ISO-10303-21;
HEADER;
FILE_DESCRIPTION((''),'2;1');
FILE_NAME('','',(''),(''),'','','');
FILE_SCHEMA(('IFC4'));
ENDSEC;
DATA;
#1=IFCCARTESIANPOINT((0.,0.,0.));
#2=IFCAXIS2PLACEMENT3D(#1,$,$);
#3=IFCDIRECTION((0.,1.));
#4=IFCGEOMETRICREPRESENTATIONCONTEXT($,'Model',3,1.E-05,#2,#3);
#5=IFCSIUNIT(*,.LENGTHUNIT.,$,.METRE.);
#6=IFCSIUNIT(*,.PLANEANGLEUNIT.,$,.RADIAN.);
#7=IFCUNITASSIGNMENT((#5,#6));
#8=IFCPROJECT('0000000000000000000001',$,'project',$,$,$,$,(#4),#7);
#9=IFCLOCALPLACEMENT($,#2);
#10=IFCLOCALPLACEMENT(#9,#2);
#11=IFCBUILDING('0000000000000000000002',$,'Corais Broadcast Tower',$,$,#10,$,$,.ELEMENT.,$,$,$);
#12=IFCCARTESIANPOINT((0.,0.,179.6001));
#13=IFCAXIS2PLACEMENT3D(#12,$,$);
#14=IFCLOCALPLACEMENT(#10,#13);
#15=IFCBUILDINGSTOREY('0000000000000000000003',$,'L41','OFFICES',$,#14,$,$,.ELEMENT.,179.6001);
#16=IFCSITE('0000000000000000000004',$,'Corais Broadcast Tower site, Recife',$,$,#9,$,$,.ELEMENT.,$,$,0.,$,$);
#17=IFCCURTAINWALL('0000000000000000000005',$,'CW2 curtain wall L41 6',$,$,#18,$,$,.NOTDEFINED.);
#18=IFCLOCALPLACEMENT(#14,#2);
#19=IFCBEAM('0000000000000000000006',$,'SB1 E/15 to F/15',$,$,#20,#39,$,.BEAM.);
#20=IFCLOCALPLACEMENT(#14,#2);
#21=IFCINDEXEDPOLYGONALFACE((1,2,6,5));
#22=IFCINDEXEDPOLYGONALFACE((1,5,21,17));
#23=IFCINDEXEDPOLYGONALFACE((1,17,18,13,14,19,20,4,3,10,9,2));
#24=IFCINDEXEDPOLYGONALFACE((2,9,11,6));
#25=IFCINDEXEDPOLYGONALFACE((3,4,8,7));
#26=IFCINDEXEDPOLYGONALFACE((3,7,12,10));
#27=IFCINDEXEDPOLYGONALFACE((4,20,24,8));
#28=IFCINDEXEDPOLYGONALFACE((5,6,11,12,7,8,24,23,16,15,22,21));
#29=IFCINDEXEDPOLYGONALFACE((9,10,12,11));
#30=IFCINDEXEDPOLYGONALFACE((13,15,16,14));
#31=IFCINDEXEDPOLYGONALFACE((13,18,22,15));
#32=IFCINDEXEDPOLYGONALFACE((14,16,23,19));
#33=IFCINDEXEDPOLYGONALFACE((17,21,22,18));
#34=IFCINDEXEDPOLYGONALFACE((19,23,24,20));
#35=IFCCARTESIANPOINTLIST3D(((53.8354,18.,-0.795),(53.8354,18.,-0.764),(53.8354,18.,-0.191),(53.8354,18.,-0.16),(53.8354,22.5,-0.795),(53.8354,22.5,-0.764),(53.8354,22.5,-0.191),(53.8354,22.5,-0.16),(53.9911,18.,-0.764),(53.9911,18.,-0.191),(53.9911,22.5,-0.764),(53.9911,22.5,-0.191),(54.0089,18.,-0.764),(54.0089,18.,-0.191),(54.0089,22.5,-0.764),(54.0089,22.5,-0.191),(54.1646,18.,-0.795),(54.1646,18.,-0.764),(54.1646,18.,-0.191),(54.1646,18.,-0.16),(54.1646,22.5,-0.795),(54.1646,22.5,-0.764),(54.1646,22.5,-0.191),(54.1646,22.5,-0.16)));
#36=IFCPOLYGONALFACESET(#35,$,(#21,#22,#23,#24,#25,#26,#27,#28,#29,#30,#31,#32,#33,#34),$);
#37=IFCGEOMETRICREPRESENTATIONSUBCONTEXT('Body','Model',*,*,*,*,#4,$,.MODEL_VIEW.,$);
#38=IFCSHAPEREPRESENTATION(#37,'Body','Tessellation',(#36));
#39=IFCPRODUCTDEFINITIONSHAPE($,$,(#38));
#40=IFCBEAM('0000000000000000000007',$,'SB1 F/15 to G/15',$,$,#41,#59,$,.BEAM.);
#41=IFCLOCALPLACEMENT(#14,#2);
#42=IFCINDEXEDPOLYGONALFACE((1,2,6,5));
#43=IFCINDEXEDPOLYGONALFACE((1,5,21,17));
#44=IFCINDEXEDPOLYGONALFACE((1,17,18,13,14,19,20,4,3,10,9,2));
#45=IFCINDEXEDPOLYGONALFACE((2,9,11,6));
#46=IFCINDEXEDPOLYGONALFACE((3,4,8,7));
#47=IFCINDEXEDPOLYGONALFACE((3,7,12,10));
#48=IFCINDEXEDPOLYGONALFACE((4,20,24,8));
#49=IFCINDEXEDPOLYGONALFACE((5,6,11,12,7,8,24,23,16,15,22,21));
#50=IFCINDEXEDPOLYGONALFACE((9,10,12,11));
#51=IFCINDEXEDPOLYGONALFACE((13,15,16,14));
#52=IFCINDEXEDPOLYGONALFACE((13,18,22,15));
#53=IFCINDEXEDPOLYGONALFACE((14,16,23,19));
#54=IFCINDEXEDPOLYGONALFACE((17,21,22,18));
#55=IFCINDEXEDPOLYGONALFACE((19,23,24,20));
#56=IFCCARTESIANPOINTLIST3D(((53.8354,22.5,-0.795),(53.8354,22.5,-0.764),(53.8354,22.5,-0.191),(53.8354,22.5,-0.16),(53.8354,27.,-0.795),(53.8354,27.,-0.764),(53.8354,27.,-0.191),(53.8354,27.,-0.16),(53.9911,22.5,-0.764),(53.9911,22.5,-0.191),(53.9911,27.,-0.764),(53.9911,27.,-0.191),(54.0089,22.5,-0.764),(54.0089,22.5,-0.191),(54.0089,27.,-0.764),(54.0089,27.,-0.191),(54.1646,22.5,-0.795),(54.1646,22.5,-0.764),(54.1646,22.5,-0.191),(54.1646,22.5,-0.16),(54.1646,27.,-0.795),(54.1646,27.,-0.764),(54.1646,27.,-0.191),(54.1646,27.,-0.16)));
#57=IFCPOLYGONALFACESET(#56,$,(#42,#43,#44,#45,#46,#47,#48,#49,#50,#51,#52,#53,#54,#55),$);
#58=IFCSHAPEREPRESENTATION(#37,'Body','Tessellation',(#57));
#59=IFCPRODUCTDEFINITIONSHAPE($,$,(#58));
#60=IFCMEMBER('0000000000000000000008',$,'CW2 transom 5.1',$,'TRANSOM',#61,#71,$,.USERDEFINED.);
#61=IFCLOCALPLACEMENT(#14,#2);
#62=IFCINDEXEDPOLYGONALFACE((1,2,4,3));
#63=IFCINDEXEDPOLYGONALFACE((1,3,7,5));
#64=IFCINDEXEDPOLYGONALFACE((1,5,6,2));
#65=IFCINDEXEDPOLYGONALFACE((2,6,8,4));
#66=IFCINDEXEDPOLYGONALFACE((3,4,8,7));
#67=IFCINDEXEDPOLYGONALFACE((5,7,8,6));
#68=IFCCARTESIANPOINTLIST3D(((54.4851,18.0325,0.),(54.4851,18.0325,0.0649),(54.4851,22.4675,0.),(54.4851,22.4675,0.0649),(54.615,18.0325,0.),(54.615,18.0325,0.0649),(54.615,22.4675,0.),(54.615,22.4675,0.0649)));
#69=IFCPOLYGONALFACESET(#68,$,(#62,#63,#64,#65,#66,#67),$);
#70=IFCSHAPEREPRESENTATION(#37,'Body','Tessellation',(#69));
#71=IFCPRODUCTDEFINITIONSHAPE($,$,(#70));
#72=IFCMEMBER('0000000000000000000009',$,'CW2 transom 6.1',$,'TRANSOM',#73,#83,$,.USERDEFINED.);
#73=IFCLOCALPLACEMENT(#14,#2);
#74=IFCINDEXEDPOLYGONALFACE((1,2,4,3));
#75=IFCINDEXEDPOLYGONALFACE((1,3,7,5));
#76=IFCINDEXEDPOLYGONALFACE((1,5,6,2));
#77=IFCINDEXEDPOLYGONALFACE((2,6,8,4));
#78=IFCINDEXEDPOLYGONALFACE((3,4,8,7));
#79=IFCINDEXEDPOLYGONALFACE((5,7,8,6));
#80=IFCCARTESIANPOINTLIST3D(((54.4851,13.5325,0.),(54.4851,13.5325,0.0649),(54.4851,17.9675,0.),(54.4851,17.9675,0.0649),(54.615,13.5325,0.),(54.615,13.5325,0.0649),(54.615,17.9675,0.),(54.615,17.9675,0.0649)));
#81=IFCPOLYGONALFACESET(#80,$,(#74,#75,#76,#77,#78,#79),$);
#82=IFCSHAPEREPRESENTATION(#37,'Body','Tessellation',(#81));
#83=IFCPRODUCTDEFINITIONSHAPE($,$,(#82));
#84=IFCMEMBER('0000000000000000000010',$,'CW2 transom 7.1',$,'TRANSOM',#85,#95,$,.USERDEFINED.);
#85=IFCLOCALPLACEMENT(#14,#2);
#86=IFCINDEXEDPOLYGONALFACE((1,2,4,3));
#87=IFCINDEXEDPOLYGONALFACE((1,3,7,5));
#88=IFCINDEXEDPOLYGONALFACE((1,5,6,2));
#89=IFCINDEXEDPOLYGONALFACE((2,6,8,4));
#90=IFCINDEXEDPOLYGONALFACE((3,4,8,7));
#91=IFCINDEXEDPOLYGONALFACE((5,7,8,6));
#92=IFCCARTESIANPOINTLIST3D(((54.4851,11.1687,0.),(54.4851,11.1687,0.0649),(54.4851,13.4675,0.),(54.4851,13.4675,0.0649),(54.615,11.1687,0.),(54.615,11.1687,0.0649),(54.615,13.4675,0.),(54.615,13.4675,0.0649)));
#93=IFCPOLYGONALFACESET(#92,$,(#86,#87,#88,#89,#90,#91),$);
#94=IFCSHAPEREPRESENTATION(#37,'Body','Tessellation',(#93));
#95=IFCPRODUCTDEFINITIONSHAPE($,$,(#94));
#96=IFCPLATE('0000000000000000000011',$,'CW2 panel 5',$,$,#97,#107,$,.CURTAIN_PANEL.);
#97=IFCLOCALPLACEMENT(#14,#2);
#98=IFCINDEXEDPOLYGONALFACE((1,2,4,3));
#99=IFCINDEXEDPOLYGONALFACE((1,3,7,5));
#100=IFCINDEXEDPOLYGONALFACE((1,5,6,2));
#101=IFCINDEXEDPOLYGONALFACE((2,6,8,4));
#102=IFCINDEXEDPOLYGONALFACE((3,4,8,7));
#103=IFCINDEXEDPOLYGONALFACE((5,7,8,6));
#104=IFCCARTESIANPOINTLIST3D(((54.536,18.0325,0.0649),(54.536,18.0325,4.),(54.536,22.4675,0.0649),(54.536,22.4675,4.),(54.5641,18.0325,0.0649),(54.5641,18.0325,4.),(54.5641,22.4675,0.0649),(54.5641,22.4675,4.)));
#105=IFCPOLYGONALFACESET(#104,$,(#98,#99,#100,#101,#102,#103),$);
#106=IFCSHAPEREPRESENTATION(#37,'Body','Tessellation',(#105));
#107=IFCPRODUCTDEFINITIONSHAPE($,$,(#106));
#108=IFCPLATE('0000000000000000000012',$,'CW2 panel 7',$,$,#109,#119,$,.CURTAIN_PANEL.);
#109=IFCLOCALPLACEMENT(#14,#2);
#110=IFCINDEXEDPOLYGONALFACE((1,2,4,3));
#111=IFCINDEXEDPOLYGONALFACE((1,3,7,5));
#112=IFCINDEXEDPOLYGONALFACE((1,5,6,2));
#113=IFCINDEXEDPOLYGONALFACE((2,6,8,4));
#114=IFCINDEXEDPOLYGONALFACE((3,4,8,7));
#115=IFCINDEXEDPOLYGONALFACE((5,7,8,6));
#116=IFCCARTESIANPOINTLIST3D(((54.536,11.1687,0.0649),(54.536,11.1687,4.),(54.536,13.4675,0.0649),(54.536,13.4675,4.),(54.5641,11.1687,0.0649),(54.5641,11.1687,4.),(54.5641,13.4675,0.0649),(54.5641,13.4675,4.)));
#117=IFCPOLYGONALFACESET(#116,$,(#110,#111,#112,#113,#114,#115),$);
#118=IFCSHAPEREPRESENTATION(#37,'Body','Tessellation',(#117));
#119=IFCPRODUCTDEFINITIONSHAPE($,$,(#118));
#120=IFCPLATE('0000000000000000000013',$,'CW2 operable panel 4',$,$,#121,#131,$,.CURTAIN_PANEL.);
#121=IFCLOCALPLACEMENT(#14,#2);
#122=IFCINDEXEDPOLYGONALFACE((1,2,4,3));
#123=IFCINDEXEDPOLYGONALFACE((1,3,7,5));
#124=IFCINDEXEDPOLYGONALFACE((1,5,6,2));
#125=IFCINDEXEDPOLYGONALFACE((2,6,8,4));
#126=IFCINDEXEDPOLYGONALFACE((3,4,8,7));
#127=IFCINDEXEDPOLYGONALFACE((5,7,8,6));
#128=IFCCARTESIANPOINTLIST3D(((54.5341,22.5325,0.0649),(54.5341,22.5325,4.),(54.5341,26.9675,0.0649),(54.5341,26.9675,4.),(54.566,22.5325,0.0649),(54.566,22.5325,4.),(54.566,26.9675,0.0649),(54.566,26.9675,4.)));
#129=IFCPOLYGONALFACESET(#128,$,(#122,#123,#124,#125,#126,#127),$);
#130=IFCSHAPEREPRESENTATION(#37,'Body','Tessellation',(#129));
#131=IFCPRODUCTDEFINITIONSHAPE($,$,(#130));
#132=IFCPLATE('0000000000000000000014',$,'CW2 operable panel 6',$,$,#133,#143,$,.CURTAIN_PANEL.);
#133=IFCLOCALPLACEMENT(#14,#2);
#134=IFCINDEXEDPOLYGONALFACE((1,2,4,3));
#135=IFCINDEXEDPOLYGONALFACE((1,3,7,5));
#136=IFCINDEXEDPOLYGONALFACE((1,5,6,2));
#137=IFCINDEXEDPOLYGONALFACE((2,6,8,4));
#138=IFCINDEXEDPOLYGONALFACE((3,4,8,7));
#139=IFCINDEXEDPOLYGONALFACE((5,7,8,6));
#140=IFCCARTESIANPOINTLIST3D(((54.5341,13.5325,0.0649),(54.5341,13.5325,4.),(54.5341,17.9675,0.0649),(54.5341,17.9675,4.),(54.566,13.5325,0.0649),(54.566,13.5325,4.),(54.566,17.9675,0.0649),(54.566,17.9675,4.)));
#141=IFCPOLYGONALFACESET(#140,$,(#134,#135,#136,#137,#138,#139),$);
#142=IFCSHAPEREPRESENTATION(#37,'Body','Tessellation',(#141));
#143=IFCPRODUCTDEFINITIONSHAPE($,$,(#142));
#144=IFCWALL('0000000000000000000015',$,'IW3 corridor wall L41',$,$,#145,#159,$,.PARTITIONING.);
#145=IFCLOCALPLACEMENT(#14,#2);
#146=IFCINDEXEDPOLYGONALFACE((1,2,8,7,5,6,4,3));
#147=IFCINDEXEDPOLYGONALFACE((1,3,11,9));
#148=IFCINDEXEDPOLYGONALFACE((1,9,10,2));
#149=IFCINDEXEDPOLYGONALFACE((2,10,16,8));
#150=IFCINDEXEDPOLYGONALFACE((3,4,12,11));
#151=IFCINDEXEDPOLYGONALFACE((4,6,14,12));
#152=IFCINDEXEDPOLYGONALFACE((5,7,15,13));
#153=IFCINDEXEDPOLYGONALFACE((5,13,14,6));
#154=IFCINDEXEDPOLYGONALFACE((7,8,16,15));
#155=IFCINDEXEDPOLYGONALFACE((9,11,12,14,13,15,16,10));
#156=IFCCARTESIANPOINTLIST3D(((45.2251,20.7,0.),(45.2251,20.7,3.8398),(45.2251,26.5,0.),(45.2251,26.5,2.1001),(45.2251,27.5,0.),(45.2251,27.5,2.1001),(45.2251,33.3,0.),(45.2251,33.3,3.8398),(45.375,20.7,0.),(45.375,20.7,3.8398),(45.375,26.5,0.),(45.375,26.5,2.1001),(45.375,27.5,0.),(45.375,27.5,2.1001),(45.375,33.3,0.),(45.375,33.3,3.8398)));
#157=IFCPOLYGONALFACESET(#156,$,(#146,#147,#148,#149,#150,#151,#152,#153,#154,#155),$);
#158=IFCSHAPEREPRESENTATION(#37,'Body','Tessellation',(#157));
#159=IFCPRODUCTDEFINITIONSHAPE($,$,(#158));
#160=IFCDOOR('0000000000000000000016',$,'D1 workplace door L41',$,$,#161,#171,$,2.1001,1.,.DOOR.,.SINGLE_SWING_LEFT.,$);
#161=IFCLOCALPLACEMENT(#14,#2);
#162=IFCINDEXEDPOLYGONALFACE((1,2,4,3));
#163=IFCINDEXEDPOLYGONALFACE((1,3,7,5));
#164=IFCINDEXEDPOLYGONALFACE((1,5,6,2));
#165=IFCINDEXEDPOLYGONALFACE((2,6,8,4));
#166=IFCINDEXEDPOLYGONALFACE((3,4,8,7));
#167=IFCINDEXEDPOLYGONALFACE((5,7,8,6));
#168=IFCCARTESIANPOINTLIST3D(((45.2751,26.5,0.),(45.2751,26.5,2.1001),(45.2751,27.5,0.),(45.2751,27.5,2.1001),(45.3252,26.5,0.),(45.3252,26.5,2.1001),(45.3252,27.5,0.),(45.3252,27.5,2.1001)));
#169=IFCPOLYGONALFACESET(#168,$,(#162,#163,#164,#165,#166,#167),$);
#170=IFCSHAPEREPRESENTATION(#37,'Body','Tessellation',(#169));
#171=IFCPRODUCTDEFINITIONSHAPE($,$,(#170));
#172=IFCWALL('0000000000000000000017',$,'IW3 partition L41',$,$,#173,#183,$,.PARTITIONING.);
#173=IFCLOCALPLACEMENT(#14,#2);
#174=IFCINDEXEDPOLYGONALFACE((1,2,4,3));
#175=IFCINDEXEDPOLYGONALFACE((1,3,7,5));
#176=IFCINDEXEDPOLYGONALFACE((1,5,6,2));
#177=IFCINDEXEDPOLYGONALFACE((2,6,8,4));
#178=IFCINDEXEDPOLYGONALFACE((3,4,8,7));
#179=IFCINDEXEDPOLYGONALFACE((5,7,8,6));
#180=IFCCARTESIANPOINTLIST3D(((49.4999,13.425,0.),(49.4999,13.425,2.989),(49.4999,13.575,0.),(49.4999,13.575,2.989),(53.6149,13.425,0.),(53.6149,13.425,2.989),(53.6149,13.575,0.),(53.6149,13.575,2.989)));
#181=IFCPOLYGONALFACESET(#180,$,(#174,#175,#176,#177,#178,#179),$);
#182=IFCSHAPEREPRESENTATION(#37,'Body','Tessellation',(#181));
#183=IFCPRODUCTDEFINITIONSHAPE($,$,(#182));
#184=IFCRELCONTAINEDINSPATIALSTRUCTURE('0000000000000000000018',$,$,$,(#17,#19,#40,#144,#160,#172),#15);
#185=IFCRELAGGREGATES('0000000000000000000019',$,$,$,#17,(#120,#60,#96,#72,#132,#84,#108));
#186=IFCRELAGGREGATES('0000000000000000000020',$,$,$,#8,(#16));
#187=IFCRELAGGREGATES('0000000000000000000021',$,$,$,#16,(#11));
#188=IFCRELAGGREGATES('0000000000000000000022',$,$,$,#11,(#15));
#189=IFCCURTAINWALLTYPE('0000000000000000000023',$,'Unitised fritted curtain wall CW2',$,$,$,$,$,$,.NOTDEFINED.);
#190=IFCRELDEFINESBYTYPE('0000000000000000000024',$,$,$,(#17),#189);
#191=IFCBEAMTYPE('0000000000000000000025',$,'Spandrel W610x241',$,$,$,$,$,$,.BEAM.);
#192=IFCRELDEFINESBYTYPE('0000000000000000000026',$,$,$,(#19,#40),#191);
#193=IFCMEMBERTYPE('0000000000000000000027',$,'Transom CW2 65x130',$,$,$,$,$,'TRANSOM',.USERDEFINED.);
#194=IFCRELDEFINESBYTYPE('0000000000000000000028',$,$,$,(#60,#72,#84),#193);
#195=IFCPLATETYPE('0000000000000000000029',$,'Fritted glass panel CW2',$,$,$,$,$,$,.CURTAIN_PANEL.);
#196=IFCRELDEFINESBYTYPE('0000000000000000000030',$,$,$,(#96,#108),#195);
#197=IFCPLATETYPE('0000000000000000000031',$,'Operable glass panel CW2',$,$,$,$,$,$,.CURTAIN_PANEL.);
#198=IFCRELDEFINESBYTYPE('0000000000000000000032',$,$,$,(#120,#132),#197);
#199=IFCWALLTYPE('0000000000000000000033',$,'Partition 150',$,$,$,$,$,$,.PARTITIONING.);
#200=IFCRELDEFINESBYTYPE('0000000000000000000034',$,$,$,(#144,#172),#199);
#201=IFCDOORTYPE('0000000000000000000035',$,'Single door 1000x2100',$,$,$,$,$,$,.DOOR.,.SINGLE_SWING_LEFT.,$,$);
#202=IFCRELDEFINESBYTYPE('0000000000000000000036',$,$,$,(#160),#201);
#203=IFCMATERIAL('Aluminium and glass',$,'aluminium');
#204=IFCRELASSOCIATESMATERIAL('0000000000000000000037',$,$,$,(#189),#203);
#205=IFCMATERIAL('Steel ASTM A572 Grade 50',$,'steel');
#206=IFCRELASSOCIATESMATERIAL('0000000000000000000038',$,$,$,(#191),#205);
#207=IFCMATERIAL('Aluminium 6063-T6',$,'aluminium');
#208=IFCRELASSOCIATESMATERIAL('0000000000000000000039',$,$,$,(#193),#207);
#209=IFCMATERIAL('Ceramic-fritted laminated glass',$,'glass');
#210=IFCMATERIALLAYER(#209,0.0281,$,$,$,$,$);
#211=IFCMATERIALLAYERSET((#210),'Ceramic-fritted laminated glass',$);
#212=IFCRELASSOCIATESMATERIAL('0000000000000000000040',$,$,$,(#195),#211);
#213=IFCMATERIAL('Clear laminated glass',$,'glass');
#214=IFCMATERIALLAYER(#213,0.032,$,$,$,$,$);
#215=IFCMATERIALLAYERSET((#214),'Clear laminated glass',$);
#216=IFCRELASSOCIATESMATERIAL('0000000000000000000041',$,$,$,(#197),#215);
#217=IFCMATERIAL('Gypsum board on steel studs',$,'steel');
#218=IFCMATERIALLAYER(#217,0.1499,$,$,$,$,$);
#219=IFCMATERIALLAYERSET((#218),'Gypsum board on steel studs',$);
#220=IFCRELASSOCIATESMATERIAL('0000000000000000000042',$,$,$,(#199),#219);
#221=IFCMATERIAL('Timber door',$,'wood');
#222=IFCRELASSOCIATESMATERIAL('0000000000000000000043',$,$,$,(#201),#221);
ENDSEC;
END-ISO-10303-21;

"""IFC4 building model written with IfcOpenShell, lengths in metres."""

from ifc_helpers import new_model, si_unit, direction, frame, frame_2d, origin, origin_2d, place, context, subcontext, project, spatial, rectangle, i_section, extrude, material, layer, layer_set, material_profile, profile_set, type_object, element, fill, aggregate, save


model = new_model("IFC4")

# Units and contexts
model_context = context("Model", 3, precision=1e-05, world=origin(), true_north=direction((0.0, 1.0)))
body_context = subcontext(model_context, "Body", "Model", "MODEL_VIEW")
ifc_project = project(units=[si_unit("LENGTHUNIT", "METRE"), si_unit("PLANEANGLEUNIT", "RADIAN")], contexts=[model_context])

# Site, building, storey
site_placement = place(None, origin())
site = spatial("IfcSite", under=ifc_project, at=site_placement, Name="Corais Broadcast Tower site, Recife", CompositionType="ELEMENT", RefElevation=0.0)
building_placement = place(site_placement, origin())
building = spatial("IfcBuilding", under=site, at=building_placement, Name="Corais Broadcast Tower", CompositionType="ELEMENT")
storey_placement = place(building_placement, frame((0.0, 0.0, 179.6001)))
storey = spatial("IfcBuildingStorey", under=building, at=storey_placement, Name="L41", Description="OFFICES", CompositionType="ELEMENT", Elevation=179.6001)

# Curtain wall
ifc_material_1 = material(Name="Aluminium and glass", Category="aluminium")
curtain_wall_type = type_object("IfcCurtainWallType", Name="Unitised fritted curtain wall CW2", PredefinedType="NOTDEFINED", material=ifc_material_1)
curtain_wall_placement = place(storey_placement, origin())
curtain_wall = element("IfcCurtainWall", 1, at=curtain_wall_placement, inside=storey, type_object=curtain_wall_type, Name="CW2 curtain wall L41 6", PredefinedType="NOTDEFINED")

# Beams
ifc_material_2 = material(Name="Steel ASTM A572 Grade 50", Category="steel")
ifc_material_profile_1 = material_profile(ifc_material_2, i_section(OverallWidth=0.3291, OverallDepth=0.635, WebThickness=0.0178, FlangeThickness=0.031, at=origin_2d()), Name="W610x241")
ifc_profile_set_1 = profile_set([ifc_material_profile_1], Name="Steel ASTM A572 Grade 50")
beam_type_1 = type_object("IfcBeamType", Name="Spandrel W610x241", PredefinedType="BEAM", material=ifc_profile_set_1)
for number, where, z_axis, x_axis, name in (
    (2, (54.0, 18.0, -0.4775), (0.0, 1.0, 0.0), (-1.0, 0.0, 0.0), "SB1 E/15 to F/15"),
    (3, (54.0, 22.5, -0.4775), (0.0, 1.0, 0.0), (-1.0, 0.0, 0.0), "SB1 F/15 to G/15"),
):
    element("IfcBeam", number, at=place(storey_placement, frame(where, z_axis=z_axis, x_axis=x_axis)), inside=storey, type_object=beam_type_1, Name=name, PredefinedType="BEAM", context=body_context, shape_type="SweptSolid", body=[
        extrude(i_section(OverallWidth=0.3291, OverallDepth=0.635, WebThickness=0.0178, FlangeThickness=0.031, at=origin_2d()), origin(), (0.0, 0.0, 1.0), 4.5),
    ])

# Members
ifc_material_3 = material(Name="Aluminium 6063-T6", Category="aluminium")
ifc_material_profile_2 = material_profile(ifc_material_3, rectangle(XDim=0.1299, YDim=0.0649, at=origin_2d()), Name="Transom CW2 65x130")
ifc_profile_set_2 = profile_set([ifc_material_profile_2], Name="Aluminium 6063-T6")
member_type_1 = type_object("IfcMemberType", Name="Transom CW2 65x130", ElementType="TRANSOM", PredefinedType="USERDEFINED", material=ifc_profile_set_2)
member_1_placement = place(storey_placement, frame((54.55, 22.4675, 0.0325), z_axis=(0.0, -1.0, 0.0), x_axis=(1.0, 0.0, 0.0)))
member_1 = element("IfcMember", 4, at=member_1_placement, type_object=member_type_1, Name="CW2 transom 5.1", ObjectType="TRANSOM", PredefinedType="USERDEFINED", context=body_context, shape_type="SweptSolid", body=[
    extrude(rectangle(XDim=0.1299, YDim=0.0649, at=origin_2d()), origin(), (0.0, 0.0, 1.0), 4.4351),
])
member_2_placement = place(storey_placement, frame((54.55, 17.9675, 0.0325), z_axis=(0.0, -1.0, 0.0), x_axis=(1.0, 0.0, 0.0)))
member_2 = element("IfcMember", 5, at=member_2_placement, type_object=member_type_1, Name="CW2 transom 6.1", ObjectType="TRANSOM", PredefinedType="USERDEFINED", context=body_context, shape_type="SweptSolid", body=[
    extrude(rectangle(XDim=0.1299, YDim=0.0649, at=origin_2d()), origin(), (0.0, 0.0, 1.0), 4.4351),
])
member_3_placement = place(storey_placement, frame((54.55, 13.4675, 0.0325), z_axis=(0.0, -1.0, 0.0), x_axis=(1.0, 0.0, 0.0)))
member_3 = element("IfcMember", 6, at=member_3_placement, type_object=member_type_1, Name="CW2 transom 7.1", ObjectType="TRANSOM", PredefinedType="USERDEFINED", context=body_context, shape_type="SweptSolid", body=[
    extrude(rectangle(XDim=0.1299, YDim=0.0649, at=origin_2d()), origin(), (0.0, 0.0, 1.0), 2.2988),
])

# Plates
ifc_material_4 = material(Name="Ceramic-fritted laminated glass", Category="glass")
ifc_layer_1 = layer(ifc_material_4, 0.0281)
ifc_layer_set_1 = layer_set([ifc_layer_1], Name="Ceramic-fritted laminated glass")
plate_type_1 = type_object("IfcPlateType", Name="Fritted glass panel CW2", PredefinedType="CURTAIN_PANEL", material=ifc_layer_set_1)
plate_1_placement = place(storey_placement, frame((54.55, 20.25, 0.0649), z_axis=(0.0, 0.0, 1.0), x_axis=(0.0, -1.0, 0.0)))
plate_1 = element("IfcPlate", 7, at=plate_1_placement, type_object=plate_type_1, Name="CW2 panel 5", PredefinedType="CURTAIN_PANEL", context=body_context, shape_type="SweptSolid", body=[
    extrude(rectangle(XDim=4.4351, YDim=0.0281, at=origin_2d()), origin(), (0.0, 0.0, 1.0), 3.9351),
])
plate_2_placement = place(storey_placement, frame((54.55, 12.3181, 0.0649), z_axis=(0.0, 0.0, 1.0), x_axis=(0.0, -1.0, 0.0)))
plate_2 = element("IfcPlate", 8, at=plate_2_placement, type_object=plate_type_1, Name="CW2 panel 7", PredefinedType="CURTAIN_PANEL", context=body_context, shape_type="SweptSolid", body=[
    extrude(rectangle(XDim=2.2988, YDim=0.0281, at=origin_2d()), origin(), (0.0, 0.0, 1.0), 3.9351),
])
ifc_material_5 = material(Name="Clear laminated glass", Category="glass")
ifc_layer_2 = layer(ifc_material_5, 0.032)
ifc_layer_set_2 = layer_set([ifc_layer_2], Name="Clear laminated glass")
plate_type_2 = type_object("IfcPlateType", Name="Operable glass panel CW2", PredefinedType="CURTAIN_PANEL", material=ifc_layer_set_2)
plate_3_placement = place(storey_placement, frame((54.55, 24.75, 0.0649), z_axis=(0.0, 0.0, 1.0), x_axis=(0.0, -1.0, 0.0)))
plate_3 = element("IfcPlate", 9, at=plate_3_placement, type_object=plate_type_2, Name="CW2 operable panel 4", PredefinedType="CURTAIN_PANEL", context=body_context, shape_type="SweptSolid", body=[
    extrude(rectangle(XDim=4.4351, YDim=0.032, at=origin_2d()), origin(), (0.0, 0.0, 1.0), 3.9351),
])
plate_4_placement = place(storey_placement, frame((54.55, 15.75, 0.0649), z_axis=(0.0, 0.0, 1.0), x_axis=(0.0, -1.0, 0.0)))
plate_4 = element("IfcPlate", 10, at=plate_4_placement, type_object=plate_type_2, Name="CW2 operable panel 6", PredefinedType="CURTAIN_PANEL", context=body_context, shape_type="SweptSolid", body=[
    extrude(rectangle(XDim=4.4351, YDim=0.032, at=origin_2d()), origin(), (0.0, 0.0, 1.0), 3.9351),
])
aggregate(curtain_wall, [plate_3, member_1, plate_1, member_2, plate_4, member_3, plate_2])

# Wall, opening, door
ifc_material_6 = material(Name="Gypsum board on steel studs", Category="steel")
ifc_layer_3 = layer(ifc_material_6, 0.1499)
ifc_layer_set_3 = layer_set([ifc_layer_3], Name="Gypsum board on steel studs")
wall_type = type_object("IfcWallType", Name="Partition 150", PredefinedType="PARTITIONING", material=ifc_layer_set_3)
wall_1_placement = place(storey_placement, frame((45.3, 20.7, 0.0), z_axis=(0.0, 0.0, 1.0), x_axis=(0.0, 1.0, 0.0)))
wall_1 = element("IfcWall", 11, at=wall_1_placement, inside=storey, type_object=wall_type, Name="IW3 corridor wall L41", PredefinedType="PARTITIONING", context=body_context, shape_type="SweptSolid", body=[
    extrude(rectangle(XDim=12.6001, YDim=0.1499, at=frame_2d((6.3, 0.0))), origin(), (0.0, 0.0, 1.0), 3.8398),
])
opening_1_placement = place(wall_1_placement, frame((5.8, 0.0, 0.0)))
opening_1 = element("IfcOpeningElement", 12, at=opening_1_placement, cuts=wall_1, PredefinedType="OPENING", context=body_context, shape_type="SweptSolid", body=[
    extrude(rectangle(XDim=1.0, YDim=2.1001, at=frame_2d((0.5, 1.05))), frame((0.0, 0.085, 0.0), z_axis=(0.0, -1.0, 0.0), x_axis=(1.0, 0.0, 0.0)), (0.0, 0.0, 1.0), 0.1699),
])
ifc_material_7 = material(Name="Timber door", Category="wood")
door_type = type_object("IfcDoorType", Name="Single door 1000x2100", OperationType="SINGLE_SWING_LEFT", PredefinedType="DOOR", material=ifc_material_7)
door_1_placement = place(opening_1_placement, origin())
door_1 = element("IfcDoor", 13, at=door_1_placement, inside=storey, type_object=door_type, Name="D1 workplace door L41", OperationType="SINGLE_SWING_LEFT", OverallHeight=2.1001, OverallWidth=1.0, PredefinedType="DOOR", context=body_context, shape_type="SweptSolid", body=[
    extrude(rectangle(XDim=1.0, YDim=2.1001, at=frame_2d((0.5, 1.05))), frame((0.0, 0.0249, 0.0), z_axis=(0.0, -1.0, 0.0), x_axis=(1.0, 0.0, 0.0)), (0.0, 0.0, 1.0), 0.05),
])
fill(opening_1, door_1)

# Wall
wall_2_placement = place(storey_placement, frame((53.615, 13.5, 0.0), z_axis=(0.0, 0.0, 1.0), x_axis=(-1.0, 0.0, 0.0)))
element("IfcWall", 14, at=wall_2_placement, inside=storey, type_object=wall_type, Name="IW3 partition L41", PredefinedType="PARTITIONING", context=body_context, shape_type="SweptSolid", body=[
    extrude(rectangle(XDim=4.115, YDim=0.1499, at=frame_2d((2.0576, 0.0))), origin(), (0.0, 0.0, 1.0), 2.989),
])

save(model, "model.ifc")
